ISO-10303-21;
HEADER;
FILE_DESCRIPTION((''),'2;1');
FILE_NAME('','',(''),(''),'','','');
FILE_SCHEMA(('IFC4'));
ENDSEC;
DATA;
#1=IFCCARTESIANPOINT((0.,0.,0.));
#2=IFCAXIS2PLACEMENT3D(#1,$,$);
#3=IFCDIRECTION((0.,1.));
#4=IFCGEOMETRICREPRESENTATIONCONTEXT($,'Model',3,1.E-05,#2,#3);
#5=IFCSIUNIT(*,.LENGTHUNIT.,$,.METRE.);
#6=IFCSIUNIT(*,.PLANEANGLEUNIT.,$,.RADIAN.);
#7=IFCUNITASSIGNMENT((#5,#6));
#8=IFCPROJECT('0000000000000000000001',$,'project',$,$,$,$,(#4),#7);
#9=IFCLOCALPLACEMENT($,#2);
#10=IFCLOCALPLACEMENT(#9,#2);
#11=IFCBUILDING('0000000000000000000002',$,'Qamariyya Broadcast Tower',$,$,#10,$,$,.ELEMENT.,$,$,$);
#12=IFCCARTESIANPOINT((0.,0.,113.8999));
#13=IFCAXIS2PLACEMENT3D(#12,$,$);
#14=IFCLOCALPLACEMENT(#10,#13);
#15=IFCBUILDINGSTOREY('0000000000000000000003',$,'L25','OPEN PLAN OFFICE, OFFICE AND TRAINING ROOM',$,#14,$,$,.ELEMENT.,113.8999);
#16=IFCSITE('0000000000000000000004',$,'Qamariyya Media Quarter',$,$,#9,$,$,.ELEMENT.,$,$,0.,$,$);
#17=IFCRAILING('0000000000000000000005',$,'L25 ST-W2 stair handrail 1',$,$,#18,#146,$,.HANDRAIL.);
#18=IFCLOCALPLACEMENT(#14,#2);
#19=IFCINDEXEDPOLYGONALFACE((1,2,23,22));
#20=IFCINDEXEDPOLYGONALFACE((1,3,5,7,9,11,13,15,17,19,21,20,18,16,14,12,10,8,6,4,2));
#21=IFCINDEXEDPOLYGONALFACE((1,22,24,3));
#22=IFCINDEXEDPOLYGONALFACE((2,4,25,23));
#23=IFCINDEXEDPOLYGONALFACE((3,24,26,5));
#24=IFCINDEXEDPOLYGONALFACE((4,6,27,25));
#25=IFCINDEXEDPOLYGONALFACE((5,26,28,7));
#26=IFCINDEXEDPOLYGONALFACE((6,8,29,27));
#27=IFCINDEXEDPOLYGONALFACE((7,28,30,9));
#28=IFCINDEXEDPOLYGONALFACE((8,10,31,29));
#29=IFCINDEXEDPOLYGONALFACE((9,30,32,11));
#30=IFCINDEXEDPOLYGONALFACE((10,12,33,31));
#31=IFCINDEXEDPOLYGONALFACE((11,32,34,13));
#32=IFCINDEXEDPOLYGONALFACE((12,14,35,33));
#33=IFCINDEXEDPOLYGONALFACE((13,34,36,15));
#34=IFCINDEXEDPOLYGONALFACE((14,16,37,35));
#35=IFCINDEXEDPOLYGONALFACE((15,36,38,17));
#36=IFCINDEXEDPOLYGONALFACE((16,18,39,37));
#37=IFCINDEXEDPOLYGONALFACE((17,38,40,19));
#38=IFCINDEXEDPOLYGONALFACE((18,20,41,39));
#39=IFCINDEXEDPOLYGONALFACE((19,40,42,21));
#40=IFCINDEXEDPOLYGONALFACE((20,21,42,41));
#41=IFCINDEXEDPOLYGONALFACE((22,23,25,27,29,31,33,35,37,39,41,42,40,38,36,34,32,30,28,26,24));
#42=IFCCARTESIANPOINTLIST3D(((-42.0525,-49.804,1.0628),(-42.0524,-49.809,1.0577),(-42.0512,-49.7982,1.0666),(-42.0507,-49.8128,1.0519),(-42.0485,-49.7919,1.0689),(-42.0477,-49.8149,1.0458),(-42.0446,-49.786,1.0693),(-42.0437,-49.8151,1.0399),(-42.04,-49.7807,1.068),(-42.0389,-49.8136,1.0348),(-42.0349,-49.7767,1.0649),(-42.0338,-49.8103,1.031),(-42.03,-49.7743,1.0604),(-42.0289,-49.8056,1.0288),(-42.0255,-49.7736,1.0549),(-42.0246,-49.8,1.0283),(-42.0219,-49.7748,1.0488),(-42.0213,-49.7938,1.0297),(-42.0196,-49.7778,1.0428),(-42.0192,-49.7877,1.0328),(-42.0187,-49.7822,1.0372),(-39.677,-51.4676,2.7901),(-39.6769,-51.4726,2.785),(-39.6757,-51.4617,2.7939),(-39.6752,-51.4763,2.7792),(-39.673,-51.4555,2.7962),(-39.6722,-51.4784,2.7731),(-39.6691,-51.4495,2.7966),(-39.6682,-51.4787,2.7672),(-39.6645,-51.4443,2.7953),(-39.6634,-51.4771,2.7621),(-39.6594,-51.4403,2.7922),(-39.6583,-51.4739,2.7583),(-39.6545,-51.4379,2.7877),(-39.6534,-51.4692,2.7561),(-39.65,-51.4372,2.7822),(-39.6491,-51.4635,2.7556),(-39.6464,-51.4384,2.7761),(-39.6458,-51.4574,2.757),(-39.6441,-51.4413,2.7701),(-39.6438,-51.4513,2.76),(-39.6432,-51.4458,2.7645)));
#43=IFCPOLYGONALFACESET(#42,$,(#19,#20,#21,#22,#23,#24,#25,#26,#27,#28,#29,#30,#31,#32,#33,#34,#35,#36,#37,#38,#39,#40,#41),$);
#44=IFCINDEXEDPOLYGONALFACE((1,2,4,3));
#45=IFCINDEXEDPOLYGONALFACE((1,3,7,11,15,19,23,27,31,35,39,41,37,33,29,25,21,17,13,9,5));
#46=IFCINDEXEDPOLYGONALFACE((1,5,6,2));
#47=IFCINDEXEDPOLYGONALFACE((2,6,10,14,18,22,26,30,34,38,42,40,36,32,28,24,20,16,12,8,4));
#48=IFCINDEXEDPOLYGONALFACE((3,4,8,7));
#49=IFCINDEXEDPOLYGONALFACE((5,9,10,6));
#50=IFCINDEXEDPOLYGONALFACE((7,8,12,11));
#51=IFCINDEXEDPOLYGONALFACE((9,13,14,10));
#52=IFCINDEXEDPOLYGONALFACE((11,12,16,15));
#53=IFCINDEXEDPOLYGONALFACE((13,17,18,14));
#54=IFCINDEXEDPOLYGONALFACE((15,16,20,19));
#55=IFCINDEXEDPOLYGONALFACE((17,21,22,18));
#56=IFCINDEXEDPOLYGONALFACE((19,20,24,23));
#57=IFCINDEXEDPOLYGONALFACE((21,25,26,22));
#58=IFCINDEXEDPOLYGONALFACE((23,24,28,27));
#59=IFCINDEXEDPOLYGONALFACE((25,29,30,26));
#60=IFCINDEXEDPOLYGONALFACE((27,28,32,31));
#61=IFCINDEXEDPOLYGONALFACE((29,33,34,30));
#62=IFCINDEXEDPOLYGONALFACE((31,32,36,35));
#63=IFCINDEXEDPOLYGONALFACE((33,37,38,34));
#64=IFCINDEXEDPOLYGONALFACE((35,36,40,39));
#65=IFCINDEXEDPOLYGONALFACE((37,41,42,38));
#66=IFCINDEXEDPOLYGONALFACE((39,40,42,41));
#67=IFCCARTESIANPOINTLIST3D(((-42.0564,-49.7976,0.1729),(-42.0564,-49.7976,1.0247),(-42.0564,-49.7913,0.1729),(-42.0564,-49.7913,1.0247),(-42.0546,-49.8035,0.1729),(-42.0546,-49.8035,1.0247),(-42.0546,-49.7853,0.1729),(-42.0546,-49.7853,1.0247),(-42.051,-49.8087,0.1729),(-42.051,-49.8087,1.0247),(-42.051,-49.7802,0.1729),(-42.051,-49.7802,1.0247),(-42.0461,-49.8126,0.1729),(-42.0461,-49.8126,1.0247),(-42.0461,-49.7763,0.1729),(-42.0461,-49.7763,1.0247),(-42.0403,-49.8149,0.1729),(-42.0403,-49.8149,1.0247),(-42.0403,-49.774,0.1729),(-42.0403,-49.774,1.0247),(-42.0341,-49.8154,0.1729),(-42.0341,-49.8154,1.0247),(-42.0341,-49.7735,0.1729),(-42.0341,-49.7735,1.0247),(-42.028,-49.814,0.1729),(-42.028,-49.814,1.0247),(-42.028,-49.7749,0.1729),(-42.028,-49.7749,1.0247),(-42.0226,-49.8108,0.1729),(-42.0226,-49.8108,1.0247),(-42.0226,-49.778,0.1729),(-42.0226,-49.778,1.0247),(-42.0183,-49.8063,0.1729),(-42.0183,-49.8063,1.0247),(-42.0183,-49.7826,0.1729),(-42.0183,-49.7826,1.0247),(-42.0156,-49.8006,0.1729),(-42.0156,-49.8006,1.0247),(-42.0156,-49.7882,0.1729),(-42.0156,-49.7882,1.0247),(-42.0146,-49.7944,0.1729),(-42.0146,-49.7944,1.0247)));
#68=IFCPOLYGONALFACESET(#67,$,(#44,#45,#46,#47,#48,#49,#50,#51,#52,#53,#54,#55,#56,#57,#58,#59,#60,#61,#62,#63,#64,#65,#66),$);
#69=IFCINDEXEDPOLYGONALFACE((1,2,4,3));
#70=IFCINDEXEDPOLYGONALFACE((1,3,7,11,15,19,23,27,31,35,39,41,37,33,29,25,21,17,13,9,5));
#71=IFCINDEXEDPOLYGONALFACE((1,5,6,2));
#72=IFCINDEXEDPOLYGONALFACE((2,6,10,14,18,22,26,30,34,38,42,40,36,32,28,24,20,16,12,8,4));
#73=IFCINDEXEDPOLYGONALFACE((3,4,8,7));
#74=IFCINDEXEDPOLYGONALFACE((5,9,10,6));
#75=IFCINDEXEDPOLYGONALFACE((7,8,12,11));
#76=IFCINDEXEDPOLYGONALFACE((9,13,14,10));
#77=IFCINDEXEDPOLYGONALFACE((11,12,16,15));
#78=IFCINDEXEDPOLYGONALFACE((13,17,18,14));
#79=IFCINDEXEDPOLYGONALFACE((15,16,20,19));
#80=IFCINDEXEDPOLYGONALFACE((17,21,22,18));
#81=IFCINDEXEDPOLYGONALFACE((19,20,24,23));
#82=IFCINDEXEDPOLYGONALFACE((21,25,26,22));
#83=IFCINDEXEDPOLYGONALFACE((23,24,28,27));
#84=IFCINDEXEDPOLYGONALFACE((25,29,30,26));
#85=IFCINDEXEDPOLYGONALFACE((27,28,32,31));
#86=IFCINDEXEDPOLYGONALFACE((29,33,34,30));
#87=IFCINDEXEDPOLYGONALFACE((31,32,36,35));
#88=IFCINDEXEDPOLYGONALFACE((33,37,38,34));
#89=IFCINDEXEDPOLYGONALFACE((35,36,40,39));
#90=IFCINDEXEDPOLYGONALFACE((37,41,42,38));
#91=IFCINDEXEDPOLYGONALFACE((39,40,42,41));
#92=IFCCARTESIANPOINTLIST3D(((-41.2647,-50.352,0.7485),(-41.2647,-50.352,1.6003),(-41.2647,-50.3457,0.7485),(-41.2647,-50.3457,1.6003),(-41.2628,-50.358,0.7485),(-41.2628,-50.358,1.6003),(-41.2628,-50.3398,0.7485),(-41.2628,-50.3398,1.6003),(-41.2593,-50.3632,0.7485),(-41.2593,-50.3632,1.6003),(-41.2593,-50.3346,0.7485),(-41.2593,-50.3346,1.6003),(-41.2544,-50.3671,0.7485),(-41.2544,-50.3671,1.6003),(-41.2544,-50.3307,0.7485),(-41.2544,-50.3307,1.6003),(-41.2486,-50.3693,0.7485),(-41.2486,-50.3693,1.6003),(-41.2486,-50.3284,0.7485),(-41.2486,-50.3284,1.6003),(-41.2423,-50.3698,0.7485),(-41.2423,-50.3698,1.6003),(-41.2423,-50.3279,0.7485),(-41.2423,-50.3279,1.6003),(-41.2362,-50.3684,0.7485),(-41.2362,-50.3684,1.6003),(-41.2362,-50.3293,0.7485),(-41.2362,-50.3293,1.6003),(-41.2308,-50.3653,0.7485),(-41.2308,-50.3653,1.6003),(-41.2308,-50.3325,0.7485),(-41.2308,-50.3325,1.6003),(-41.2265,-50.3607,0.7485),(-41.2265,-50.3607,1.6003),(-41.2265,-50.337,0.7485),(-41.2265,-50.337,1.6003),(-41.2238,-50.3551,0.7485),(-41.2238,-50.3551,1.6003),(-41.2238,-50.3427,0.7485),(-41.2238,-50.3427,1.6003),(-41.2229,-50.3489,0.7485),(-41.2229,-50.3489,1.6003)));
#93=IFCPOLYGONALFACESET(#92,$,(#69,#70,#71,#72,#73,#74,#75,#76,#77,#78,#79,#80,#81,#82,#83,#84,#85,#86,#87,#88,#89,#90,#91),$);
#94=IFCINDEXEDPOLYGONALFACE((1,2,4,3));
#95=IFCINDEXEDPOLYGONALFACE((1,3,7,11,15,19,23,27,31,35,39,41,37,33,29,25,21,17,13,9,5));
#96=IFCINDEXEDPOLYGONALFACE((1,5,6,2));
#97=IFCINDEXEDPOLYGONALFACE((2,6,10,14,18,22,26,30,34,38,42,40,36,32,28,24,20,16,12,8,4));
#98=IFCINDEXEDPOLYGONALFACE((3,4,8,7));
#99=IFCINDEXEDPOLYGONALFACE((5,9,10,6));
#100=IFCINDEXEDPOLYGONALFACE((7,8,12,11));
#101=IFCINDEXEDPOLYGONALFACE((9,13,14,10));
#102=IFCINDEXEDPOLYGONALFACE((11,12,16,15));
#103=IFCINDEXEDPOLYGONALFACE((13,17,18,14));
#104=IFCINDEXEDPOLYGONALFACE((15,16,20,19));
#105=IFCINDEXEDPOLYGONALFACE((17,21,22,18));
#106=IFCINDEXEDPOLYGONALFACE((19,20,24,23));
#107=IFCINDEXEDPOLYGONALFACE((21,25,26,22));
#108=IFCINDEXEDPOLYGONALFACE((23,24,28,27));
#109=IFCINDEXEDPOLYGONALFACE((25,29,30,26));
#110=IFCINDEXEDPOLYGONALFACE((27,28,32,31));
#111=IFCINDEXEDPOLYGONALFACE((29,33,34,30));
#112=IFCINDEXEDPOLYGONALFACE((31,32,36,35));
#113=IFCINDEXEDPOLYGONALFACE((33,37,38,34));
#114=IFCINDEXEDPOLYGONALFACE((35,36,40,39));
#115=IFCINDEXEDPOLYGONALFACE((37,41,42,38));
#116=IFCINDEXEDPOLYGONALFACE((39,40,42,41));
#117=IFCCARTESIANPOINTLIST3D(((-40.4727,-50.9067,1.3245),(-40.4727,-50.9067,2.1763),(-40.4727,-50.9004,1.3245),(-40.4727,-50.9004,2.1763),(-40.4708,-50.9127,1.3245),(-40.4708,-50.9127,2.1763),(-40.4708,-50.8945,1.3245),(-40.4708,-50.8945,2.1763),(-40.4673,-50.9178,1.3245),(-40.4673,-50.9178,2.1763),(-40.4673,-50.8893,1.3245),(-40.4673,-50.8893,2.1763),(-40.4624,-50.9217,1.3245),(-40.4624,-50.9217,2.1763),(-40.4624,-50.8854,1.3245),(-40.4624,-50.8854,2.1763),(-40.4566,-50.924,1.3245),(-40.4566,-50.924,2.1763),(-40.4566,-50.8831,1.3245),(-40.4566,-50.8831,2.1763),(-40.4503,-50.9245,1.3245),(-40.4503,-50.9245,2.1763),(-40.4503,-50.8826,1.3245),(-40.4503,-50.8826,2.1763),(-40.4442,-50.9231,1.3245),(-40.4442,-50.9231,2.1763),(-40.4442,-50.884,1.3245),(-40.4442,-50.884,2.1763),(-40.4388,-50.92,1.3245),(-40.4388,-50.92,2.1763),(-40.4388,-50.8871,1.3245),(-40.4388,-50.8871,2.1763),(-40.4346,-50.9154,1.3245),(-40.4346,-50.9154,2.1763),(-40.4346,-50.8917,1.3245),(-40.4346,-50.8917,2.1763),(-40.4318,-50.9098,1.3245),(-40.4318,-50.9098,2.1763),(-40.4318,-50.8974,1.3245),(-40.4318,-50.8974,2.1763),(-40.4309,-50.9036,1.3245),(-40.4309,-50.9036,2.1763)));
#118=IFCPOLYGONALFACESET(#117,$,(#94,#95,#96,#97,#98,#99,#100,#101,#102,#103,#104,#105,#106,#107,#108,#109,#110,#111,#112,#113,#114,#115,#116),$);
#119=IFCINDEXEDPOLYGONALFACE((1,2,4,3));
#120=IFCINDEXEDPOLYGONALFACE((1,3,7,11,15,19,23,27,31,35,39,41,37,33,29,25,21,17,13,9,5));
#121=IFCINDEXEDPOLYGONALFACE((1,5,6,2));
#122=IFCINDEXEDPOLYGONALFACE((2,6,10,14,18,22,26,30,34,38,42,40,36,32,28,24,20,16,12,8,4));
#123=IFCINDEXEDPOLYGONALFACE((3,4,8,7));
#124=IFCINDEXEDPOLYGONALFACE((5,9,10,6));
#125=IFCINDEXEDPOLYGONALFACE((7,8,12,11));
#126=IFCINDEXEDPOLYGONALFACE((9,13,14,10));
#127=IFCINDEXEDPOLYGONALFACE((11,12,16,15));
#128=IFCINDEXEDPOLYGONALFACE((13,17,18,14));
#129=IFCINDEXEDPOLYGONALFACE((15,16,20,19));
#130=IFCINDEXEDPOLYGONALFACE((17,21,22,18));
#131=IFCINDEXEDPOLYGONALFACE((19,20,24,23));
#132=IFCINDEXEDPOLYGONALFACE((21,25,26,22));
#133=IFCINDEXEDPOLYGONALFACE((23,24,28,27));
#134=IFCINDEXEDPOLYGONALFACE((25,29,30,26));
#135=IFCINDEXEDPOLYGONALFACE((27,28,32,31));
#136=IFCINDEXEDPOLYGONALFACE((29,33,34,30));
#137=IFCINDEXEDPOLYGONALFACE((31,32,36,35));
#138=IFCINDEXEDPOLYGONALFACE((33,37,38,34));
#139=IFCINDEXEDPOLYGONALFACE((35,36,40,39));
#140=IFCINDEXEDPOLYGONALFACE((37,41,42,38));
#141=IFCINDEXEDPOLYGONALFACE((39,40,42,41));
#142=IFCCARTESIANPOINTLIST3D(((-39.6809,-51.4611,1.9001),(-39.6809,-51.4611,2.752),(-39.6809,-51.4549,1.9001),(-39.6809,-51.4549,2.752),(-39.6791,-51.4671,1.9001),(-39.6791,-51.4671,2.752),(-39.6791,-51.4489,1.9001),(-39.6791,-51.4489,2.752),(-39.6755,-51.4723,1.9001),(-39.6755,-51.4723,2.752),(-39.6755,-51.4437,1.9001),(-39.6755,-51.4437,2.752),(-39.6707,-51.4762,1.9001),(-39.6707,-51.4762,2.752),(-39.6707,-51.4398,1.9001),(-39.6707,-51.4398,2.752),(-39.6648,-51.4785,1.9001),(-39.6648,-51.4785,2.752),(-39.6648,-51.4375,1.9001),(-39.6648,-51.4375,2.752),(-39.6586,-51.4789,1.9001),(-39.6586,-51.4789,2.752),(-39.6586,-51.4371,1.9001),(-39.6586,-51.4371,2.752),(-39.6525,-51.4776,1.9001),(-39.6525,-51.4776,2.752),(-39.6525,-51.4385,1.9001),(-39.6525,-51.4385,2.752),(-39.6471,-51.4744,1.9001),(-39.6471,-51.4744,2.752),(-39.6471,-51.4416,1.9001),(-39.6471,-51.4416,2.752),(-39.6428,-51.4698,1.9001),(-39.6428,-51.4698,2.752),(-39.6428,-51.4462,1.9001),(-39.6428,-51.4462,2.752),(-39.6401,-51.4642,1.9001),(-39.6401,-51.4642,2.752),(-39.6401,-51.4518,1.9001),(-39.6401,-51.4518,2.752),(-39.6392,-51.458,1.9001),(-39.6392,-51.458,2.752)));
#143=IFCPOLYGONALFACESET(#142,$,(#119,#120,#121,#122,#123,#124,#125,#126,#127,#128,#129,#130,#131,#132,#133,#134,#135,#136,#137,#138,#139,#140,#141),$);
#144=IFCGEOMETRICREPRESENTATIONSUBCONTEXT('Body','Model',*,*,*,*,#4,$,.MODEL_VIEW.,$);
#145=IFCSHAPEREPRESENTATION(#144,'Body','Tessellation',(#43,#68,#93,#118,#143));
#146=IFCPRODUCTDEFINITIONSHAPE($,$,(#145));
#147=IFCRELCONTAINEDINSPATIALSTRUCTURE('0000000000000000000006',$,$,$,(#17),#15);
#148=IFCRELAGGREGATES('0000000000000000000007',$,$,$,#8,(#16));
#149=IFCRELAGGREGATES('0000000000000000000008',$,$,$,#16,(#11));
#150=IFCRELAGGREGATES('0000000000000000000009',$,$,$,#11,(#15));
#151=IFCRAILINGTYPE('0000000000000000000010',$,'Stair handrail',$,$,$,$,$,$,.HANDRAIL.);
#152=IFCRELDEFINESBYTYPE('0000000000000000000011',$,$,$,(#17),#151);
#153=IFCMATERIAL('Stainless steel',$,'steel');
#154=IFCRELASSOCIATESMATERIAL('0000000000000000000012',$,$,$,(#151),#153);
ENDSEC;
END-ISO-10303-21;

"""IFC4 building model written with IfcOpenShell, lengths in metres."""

from ifc_helpers import new_model, si_unit, direction, frame, origin, origin_2d, place, context, subcontext, project, spatial, circle, extrude, material, type_object, element, save


model = new_model("IFC4")

# Units and contexts
model_context = context("Model", 3, precision=1e-05, world=origin(), true_north=direction((0.0, 1.0)))
body_context = subcontext(model_context, "Body", "Model", "MODEL_VIEW")
ifc_project = project(units=[si_unit("LENGTHUNIT", "METRE"), si_unit("PLANEANGLEUNIT", "RADIAN")], contexts=[model_context])

# Site, building, storey
site_placement = place(None, origin())
site = spatial("IfcSite", under=ifc_project, at=site_placement, Name="Qamariyya Media Quarter", CompositionType="ELEMENT", RefElevation=0.0)
building_placement = place(site_placement, origin())
building = spatial("IfcBuilding", under=site, at=building_placement, Name="Qamariyya Broadcast Tower", CompositionType="ELEMENT")
storey_placement = place(building_placement, frame((0.0, 0.0, 113.8999)))
storey = spatial("IfcBuildingStorey", under=building, at=storey_placement, Name="L25", Description="OPEN PLAN OFFICE, OFFICE AND TRAINING ROOM", CompositionType="ELEMENT", Elevation=113.8999)

# Railing
ifc_material_1 = material(Name="Stainless steel", Category="steel")
railing_type_1 = type_object("IfcRailingType", Name="Stair handrail", PredefinedType="HANDRAIL", material=ifc_material_1)
railing_1_placement = place(storey_placement, frame((-42.0356, -49.7944, 0.1729)))
element("IfcRailing", 1, at=railing_1_placement, inside=storey, type_object=railing_type_1, Name="L25 ST-W2 stair handrail 1", PredefinedType="HANDRAIL", context=body_context, shape_type="SweptSolid", body=[
    extrude(circle(Radius=0.0239, at=origin_2d()), frame((0.0, 0.0, 0.876), z_axis=(0.703745, -0.492838, 0.511716), x_axis=(0.573632, 0.819113, 0.0)), (0.0, 0.0, 1.0), 3.3755),
    extrude(circle(Radius=0.021, at=origin_2d()), origin(), (0.0, 0.0, 1.0), 0.8518),
    extrude(circle(Radius=0.021, at=origin_2d()), frame((0.7917, -0.5544, 0.5757)), (0.0, 0.0, 1.0), 0.8518),
    extrude(circle(Radius=0.021, at=origin_2d()), frame((1.5837, -1.1091, 1.1516)), (0.0, 0.0, 1.0), 0.8518),
    extrude(circle(Radius=0.021, at=origin_2d()), frame((2.3755, -1.6636, 1.7273)), (0.0, 0.0, 1.0), 0.8518),
])

save(model, "model.ifc")
